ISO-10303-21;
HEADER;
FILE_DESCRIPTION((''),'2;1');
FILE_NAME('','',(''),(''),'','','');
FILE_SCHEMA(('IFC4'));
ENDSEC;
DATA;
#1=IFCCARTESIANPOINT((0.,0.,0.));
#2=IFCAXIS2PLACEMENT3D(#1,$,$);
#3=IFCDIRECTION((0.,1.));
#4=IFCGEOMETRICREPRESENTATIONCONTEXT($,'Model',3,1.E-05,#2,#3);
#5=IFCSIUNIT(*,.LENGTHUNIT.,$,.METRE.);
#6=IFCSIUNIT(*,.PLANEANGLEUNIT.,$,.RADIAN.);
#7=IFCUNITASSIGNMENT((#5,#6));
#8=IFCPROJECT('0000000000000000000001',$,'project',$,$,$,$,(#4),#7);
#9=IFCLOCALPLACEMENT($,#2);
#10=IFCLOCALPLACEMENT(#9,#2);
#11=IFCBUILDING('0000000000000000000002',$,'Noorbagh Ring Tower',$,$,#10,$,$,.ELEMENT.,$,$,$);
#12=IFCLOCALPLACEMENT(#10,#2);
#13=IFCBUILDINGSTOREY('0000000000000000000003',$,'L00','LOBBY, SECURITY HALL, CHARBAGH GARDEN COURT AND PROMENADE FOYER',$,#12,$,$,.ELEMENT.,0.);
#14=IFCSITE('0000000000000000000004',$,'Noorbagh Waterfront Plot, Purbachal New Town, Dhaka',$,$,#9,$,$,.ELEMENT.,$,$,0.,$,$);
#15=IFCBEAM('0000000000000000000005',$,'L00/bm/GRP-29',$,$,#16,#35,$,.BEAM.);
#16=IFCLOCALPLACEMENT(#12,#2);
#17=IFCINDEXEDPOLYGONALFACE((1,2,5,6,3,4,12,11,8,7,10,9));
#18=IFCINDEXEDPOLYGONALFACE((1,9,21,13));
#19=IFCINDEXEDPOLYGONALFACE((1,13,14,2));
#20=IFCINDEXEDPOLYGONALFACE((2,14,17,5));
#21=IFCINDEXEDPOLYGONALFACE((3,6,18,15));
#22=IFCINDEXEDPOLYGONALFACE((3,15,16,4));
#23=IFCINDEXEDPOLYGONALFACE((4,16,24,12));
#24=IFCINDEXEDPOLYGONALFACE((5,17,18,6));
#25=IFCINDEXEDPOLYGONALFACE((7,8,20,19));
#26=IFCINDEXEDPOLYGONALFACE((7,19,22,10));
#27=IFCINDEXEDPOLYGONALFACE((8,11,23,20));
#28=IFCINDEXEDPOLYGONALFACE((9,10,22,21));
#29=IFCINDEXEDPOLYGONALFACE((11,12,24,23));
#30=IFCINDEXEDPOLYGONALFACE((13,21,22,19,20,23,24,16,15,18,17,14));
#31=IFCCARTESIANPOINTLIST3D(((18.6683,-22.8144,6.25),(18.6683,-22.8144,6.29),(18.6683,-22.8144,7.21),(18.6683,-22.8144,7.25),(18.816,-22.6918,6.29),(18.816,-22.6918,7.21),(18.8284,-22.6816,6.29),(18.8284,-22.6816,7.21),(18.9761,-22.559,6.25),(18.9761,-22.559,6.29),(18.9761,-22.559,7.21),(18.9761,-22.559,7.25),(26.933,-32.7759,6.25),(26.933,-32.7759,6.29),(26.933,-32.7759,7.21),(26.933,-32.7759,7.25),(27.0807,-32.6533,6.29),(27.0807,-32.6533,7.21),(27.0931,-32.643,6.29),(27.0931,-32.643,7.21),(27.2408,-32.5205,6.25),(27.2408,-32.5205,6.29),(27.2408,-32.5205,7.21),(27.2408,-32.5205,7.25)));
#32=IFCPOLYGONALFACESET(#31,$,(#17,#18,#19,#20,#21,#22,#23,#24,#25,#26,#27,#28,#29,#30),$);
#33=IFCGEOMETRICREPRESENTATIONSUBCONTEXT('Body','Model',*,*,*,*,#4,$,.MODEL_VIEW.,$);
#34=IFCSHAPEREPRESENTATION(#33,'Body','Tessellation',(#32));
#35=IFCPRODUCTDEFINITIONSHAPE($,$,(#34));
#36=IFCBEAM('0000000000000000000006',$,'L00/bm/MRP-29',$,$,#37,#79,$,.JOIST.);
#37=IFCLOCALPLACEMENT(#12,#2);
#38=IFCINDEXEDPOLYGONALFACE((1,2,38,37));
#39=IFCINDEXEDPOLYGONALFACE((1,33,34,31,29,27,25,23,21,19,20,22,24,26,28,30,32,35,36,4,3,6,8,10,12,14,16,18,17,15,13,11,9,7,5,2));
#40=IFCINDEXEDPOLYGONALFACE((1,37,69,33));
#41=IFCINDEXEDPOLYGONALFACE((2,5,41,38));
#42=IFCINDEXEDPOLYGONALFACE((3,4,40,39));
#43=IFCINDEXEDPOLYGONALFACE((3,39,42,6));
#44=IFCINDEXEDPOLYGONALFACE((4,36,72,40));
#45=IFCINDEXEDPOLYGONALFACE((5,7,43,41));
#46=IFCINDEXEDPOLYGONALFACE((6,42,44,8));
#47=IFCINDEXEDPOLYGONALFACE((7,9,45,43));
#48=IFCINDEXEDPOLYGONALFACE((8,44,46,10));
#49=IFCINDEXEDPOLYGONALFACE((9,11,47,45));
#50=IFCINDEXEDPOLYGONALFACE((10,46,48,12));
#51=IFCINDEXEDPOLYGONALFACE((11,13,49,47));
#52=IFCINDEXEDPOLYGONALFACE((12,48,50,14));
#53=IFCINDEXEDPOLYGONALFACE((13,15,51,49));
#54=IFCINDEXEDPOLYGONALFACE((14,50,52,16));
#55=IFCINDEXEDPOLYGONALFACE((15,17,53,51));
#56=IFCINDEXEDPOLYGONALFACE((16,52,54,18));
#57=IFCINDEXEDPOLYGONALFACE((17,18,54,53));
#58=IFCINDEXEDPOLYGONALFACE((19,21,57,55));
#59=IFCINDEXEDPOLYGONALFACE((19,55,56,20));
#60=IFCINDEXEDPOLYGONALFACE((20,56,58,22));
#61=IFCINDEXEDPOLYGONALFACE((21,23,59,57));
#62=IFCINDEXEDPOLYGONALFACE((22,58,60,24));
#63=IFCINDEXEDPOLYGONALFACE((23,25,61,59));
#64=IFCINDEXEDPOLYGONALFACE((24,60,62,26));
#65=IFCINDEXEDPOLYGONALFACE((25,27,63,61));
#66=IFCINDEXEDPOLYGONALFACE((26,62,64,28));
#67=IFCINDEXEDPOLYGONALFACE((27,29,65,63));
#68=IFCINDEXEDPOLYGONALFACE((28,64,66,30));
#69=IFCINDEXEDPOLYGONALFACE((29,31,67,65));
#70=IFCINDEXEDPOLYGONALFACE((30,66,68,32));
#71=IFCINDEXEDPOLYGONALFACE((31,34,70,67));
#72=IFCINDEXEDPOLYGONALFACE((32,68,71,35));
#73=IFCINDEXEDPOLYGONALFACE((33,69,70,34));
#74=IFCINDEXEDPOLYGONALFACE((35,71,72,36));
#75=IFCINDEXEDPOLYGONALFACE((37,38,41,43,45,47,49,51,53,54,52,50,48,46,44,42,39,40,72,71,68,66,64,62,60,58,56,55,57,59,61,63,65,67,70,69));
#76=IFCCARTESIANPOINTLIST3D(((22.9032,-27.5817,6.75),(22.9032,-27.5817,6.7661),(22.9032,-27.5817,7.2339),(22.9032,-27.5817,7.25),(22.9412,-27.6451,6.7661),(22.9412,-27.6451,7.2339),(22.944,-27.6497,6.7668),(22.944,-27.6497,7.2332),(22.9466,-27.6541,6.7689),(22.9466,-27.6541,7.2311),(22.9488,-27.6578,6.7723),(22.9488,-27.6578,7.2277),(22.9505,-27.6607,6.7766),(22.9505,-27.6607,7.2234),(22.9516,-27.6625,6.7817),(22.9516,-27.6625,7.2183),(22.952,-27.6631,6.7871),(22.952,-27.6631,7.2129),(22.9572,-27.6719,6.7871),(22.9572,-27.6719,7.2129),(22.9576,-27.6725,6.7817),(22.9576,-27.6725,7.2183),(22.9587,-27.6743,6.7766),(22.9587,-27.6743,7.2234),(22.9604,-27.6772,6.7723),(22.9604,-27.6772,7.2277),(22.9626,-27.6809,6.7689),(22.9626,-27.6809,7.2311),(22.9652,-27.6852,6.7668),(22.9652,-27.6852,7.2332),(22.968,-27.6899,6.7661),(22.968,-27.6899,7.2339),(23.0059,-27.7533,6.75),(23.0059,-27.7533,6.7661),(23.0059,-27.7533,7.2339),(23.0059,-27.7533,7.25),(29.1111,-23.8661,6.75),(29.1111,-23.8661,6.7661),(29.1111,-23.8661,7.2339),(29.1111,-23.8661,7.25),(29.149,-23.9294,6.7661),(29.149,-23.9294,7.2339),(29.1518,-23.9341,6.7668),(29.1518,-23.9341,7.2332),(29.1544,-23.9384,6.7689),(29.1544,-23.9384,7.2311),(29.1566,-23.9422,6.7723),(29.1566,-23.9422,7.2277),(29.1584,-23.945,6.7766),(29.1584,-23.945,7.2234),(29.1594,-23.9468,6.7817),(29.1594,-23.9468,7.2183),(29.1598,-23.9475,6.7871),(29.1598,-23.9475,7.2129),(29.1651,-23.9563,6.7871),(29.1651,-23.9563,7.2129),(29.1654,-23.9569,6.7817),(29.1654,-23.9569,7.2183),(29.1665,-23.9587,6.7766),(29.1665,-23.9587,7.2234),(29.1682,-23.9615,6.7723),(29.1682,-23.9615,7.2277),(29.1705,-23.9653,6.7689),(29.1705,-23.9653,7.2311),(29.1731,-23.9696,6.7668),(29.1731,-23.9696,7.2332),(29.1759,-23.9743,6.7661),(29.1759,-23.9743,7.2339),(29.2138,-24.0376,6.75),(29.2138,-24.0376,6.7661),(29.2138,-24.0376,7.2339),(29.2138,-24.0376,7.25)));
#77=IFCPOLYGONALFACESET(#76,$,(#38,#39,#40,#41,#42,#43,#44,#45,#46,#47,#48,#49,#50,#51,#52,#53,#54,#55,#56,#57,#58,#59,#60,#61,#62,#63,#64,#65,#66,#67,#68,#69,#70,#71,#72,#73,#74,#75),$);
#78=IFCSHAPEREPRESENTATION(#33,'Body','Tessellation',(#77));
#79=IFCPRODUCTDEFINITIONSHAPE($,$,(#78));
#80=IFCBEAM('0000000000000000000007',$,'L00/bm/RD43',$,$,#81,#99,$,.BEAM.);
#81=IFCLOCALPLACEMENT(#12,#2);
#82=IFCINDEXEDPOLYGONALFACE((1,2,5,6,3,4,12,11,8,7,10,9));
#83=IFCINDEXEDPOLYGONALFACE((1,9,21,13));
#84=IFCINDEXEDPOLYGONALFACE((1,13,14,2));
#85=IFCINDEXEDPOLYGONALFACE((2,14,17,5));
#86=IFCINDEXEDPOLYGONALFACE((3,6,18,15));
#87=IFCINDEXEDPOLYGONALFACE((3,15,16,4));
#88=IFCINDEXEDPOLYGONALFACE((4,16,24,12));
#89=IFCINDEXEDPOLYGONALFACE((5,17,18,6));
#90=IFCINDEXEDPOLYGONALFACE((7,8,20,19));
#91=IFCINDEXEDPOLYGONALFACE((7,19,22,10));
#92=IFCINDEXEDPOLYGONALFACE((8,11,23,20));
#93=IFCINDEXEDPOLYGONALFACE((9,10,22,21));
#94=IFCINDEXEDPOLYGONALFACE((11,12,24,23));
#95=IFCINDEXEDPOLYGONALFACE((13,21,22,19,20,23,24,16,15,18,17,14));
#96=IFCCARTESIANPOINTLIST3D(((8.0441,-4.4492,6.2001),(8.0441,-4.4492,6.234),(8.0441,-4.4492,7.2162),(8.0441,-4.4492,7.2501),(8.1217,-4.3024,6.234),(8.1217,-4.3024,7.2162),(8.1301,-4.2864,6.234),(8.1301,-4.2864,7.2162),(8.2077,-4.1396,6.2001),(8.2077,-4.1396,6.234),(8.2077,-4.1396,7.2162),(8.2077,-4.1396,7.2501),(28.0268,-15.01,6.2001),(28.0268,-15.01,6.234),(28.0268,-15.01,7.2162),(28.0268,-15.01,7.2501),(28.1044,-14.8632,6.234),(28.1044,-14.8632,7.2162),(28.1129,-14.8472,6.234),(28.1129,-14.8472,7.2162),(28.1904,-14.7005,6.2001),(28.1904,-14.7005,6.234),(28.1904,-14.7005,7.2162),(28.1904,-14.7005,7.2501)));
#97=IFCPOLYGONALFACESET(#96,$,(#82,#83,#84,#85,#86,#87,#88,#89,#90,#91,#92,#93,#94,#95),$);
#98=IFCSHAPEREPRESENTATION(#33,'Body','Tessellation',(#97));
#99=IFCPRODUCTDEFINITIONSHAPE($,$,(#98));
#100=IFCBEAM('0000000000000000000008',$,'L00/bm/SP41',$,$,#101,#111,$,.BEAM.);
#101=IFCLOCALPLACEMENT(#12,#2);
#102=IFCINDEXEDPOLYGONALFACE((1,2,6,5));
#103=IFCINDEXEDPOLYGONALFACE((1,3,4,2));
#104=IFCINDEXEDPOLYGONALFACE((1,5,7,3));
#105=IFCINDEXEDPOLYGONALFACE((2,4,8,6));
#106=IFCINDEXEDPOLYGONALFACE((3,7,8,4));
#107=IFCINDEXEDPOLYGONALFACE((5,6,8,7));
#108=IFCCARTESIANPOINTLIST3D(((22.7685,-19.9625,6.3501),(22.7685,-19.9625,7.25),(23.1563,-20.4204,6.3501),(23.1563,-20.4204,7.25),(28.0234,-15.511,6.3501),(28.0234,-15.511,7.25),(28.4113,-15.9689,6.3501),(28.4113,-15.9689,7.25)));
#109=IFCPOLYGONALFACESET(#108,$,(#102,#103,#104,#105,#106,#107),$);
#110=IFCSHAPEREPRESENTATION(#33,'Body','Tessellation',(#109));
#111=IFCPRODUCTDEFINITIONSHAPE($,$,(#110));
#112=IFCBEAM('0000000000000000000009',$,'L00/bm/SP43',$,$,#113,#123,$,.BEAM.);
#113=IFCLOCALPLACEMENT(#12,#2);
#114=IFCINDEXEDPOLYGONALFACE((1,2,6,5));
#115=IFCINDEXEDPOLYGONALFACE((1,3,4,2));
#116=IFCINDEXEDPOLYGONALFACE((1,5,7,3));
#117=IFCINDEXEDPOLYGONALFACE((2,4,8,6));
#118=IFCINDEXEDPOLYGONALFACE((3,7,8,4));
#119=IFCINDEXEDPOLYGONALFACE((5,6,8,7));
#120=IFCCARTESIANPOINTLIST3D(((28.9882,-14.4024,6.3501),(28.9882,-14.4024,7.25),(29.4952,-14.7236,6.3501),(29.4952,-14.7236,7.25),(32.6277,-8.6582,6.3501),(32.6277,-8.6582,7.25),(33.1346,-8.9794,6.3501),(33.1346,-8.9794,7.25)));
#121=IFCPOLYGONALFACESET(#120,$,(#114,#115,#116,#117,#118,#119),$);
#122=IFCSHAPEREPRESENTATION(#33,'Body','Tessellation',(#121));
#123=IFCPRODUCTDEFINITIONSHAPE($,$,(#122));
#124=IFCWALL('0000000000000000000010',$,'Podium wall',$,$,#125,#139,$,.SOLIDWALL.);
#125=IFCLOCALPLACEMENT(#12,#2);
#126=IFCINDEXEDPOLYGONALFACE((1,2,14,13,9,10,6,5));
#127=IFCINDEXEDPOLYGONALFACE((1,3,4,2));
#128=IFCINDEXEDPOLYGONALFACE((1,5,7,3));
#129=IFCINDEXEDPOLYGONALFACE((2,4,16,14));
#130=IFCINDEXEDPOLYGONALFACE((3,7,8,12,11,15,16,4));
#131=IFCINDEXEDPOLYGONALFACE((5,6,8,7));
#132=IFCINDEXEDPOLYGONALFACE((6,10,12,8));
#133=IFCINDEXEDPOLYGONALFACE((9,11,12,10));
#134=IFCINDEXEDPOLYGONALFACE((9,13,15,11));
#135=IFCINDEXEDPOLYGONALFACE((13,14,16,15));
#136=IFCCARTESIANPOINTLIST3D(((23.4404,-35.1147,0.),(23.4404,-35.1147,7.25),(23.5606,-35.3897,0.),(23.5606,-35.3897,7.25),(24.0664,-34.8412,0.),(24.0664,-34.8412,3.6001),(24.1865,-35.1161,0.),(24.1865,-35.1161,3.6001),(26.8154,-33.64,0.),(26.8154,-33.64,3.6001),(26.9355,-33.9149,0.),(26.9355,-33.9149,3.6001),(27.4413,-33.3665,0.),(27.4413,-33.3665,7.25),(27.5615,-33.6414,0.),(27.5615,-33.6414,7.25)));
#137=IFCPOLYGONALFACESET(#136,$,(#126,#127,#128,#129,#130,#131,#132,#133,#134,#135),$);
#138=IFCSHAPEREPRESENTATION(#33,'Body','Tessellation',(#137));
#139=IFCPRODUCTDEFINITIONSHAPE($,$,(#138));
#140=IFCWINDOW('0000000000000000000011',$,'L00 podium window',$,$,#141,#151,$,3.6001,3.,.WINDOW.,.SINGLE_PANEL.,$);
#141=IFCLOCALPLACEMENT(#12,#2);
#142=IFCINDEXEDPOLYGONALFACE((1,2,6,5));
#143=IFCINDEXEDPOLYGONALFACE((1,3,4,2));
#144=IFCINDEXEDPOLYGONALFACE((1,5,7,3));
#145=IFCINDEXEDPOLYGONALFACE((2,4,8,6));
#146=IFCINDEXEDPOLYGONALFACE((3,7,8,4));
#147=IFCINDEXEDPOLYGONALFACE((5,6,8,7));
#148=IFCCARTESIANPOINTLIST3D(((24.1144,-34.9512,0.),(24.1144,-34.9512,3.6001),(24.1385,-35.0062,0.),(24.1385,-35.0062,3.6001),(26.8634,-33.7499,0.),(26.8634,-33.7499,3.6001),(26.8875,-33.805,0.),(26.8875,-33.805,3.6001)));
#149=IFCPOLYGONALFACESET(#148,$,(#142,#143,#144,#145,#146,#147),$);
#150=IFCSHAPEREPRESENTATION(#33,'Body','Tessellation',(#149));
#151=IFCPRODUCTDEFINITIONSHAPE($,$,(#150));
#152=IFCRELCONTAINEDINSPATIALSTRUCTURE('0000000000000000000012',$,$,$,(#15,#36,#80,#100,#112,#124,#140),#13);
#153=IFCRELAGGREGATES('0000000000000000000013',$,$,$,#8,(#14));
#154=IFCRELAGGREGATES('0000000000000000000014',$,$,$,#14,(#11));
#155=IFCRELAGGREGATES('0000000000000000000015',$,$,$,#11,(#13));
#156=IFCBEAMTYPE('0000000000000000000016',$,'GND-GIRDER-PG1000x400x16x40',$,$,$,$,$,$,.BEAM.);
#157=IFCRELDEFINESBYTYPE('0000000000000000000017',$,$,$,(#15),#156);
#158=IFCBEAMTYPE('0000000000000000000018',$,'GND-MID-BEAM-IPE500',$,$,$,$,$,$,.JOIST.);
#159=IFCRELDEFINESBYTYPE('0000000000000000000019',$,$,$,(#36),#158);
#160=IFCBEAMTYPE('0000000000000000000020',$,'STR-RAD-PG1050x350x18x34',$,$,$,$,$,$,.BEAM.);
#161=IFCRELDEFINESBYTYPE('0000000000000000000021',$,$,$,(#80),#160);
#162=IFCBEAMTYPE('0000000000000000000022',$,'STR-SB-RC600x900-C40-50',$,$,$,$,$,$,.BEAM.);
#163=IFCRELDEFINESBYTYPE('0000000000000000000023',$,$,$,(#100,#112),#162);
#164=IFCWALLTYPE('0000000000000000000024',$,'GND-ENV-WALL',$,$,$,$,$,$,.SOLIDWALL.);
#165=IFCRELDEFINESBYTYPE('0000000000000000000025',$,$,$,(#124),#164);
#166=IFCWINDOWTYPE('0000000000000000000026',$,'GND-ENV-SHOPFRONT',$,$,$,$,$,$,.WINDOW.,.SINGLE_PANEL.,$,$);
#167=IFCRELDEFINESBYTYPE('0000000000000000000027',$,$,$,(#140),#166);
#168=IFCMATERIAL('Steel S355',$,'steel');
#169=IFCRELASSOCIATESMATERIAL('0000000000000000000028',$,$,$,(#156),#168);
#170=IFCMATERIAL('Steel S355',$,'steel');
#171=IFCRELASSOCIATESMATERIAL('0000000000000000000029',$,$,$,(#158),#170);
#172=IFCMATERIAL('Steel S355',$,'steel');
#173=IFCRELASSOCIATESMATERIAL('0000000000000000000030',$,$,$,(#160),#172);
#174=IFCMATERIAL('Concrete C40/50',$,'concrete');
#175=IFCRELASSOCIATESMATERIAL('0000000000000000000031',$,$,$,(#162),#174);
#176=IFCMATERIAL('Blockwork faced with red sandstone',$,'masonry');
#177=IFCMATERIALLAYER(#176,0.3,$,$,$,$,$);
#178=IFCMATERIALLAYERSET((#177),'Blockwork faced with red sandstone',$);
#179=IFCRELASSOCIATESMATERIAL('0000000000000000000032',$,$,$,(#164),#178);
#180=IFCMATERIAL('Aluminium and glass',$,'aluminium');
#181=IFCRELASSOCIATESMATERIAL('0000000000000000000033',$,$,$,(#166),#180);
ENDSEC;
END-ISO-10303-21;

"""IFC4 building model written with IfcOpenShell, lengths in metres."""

from ifc_helpers import new_model, si_unit, direction, frame, frame_2d, origin, origin_2d, place, context, subcontext, project, spatial, rectangle, i_section, extrude, material, layer, layer_set, material_profile, profile_set, type_object, element, fill, save


model = new_model("IFC4")

# Units and contexts
model_context = context("Model", 3, precision=1e-05, world=origin(), true_north=direction((0.0, 1.0)))
body_context = subcontext(model_context, "Body", "Model", "MODEL_VIEW")
ifc_project = project(units=[si_unit("LENGTHUNIT", "METRE"), si_unit("PLANEANGLEUNIT", "RADIAN")], contexts=[model_context])

# Site, building, storey
site_placement = place(None, origin())
site = spatial("IfcSite", under=ifc_project, at=site_placement, Name="Noorbagh Waterfront Plot, Purbachal New Town, Dhaka", CompositionType="ELEMENT", RefElevation=0.0)
building_placement = place(site_placement, origin())
building = spatial("IfcBuilding", under=site, at=building_placement, Name="Noorbagh Ring Tower", CompositionType="ELEMENT")
storey_placement = place(building_placement, origin())
storey = spatial("IfcBuildingStorey", under=building, at=storey_placement, Name="L00", Description="LOBBY, SECURITY HALL, CHARBAGH GARDEN COURT AND PROMENADE FOYER", CompositionType="ELEMENT", Elevation=0.0)

# Beams
ifc_material_1 = material(Name="Steel S355", Category="steel")
ifc_material_profile_1 = material_profile(ifc_material_1, i_section(OverallWidth=0.3999, OverallDepth=1.0, WebThickness=0.0161, FlangeThickness=0.04, at=origin_2d()), Name="PG1000x400x16x40")
ifc_profile_set_1 = profile_set([ifc_material_profile_1], Name="Steel S355")
beam_type_1 = type_object("IfcBeamType", Name="GND-GIRDER-PG1000x400x16x40", PredefinedType="BEAM", material=ifc_profile_set_1)
beam_1_placement = place(storey_placement, frame((27.0869, -32.6482, 6.75), z_axis=(-0.638517, 0.769608, 0.0), x_axis=(-0.769608, -0.638517, 0.0)))
element("IfcBeam", 1, at=beam_1_placement, inside=storey, type_object=beam_type_1, Name="L00/bm/GRP-29", PredefinedType="BEAM", context=body_context, shape_type="SweptSolid", body=[
    extrude(i_section(OverallWidth=0.3999, OverallDepth=1.0, WebThickness=0.0161, FlangeThickness=0.04, at=origin_2d()), origin(), (0.0, 0.0, 1.0), 12.9436),
])
ifc_material_2 = material(Name="Steel S355", Category="steel")
ifc_material_profile_2 = material_profile(ifc_material_2, i_section(OverallWidth=0.2, OverallDepth=0.5, WebThickness=0.0103, FlangeThickness=0.0161, FilletRadius=0.021, at=origin_2d()), Name="IPE500")
ifc_profile_set_2 = profile_set([ifc_material_profile_2], Name="Steel S355")
beam_type_2 = type_object("IfcBeamType", Name="GND-MID-BEAM-IPE500", PredefinedType="JOIST", material=ifc_profile_set_2)
beam_2_placement = place(storey_placement, frame((22.9546, -27.6675, 7.0), z_axis=(0.858046, 0.513572, 0.0), x_axis=(-0.513572, 0.858046, 0.0)))
element("IfcBeam", 2, at=beam_2_placement, inside=storey, type_object=beam_type_2, Name="L00/bm/MRP-29", PredefinedType="JOIST", context=body_context, shape_type="SweptSolid", body=[
    extrude(i_section(OverallWidth=0.2, OverallDepth=0.5, WebThickness=0.0103, FlangeThickness=0.0161, FilletRadius=0.021, at=origin_2d()), origin(), (0.0, 0.0, 1.0), 7.2349),
])
ifc_material_3 = material(Name="Steel S355", Category="steel")
ifc_material_profile_3 = material_profile(ifc_material_3, i_section(OverallWidth=0.3501, OverallDepth=1.05, WebThickness=0.0181, FlangeThickness=0.0339, at=origin_2d()), Name="PG1050x350x18x34")
ifc_profile_set_3 = profile_set([ifc_material_profile_3], Name="Steel S355")
beam_type_3 = type_object("IfcBeamType", Name="STR-RAD-PG1050x350x18x34", PredefinedType="BEAM", material=ifc_profile_set_3)
beam_3_placement = place(storey_placement, frame((28.1086, -14.8552, 6.7251), z_axis=(-0.884122, 0.467256, 0.0), x_axis=(-0.467256, -0.884122, 0.0)))
element("IfcBeam", 3, at=beam_3_placement, inside=storey, type_object=beam_type_3, Name="L00/bm/RD43", PredefinedType="BEAM", context=body_context, shape_type="SweptSolid", body=[
    extrude(i_section(OverallWidth=0.3501, OverallDepth=1.05, WebThickness=0.0181, FlangeThickness=0.0339, at=origin_2d()), origin(), (0.0, 0.0, 1.0), 22.6018),
])
ifc_material_4 = material(Name="Concrete C40/50", Category="concrete")
ifc_material_profile_4 = material_profile(ifc_material_4, rectangle(XDim=0.6001, YDim=0.8999, at=origin_2d()), Name="RC600x900")
ifc_profile_set_4 = profile_set([ifc_material_profile_4], Name="Concrete C40/50")
beam_type_4 = type_object("IfcBeamType", Name="STR-SB-RC600x900-C40-50", PredefinedType="BEAM", material=ifc_profile_set_4)
beam_4_placement = place(storey_placement, frame((22.9624, -20.1914, 6.8), z_axis=(0.76303, 0.646363, 0.0), x_axis=(-0.646363, 0.76303, 0.0)))
element("IfcBeam", 4, at=beam_4_placement, inside=storey, type_object=beam_type_4, Name="L00/bm/SP41", PredefinedType="BEAM", context=body_context, shape_type="SweptSolid", body=[
    extrude(rectangle(XDim=0.6001, YDim=0.8999, at=origin_2d()), origin(), (0.0, 0.0, 1.0), 6.887),
])
beam_5_placement = place(storey_placement, frame((29.2417, -14.563, 6.8), z_axis=(0.535204, 0.844723, 0.0), x_axis=(-0.844723, 0.535204, 0.0)))
element("IfcBeam", 5, at=beam_5_placement, inside=storey, type_object=beam_type_4, Name="L00/bm/SP43", PredefinedType="BEAM", context=body_context, shape_type="SweptSolid", body=[
    extrude(rectangle(XDim=0.6001, YDim=0.8999, at=origin_2d()), origin(), (0.0, 0.0, 1.0), 6.8),
])

# Wall, opening, window
ifc_material_5 = material(Name="Blockwork faced with red sandstone", Category="masonry")
ifc_layer_1 = layer(ifc_material_5, 0.3)
ifc_layer_set_1 = layer_set([ifc_layer_1], Name="Blockwork faced with red sandstone")
wall_type_1 = type_object("IfcWallType", Name="GND-ENV-WALL", PredefinedType="SOLIDWALL", material=ifc_layer_set_1)
wall_1_placement = place(storey_placement, frame((23.5005, -35.2522, 0.0), z_axis=(0.0, 0.0, 1.0), x_axis=(0.916337, 0.400408, 0.0)))
wall_1 = element("IfcWall", 6, at=wall_1_placement, inside=storey, type_object=wall_type_1, Name="Podium wall", PredefinedType="SOLIDWALL", context=body_context, shape_type="SweptSolid", body=[
    extrude(rectangle(XDim=4.3662, YDim=0.3, at=frame_2d((2.1831, 0.0))), origin(), (0.0, 0.0, 1.0), 7.25),
])
opening_1_placement = place(wall_1_placement, frame((0.6831, 0.0, 0.0)))
opening_1 = element("IfcOpeningElement", 7, at=opening_1_placement, cuts=wall_1, PredefinedType="OPENING", context=body_context, shape_type="SweptSolid", body=[
    extrude(rectangle(XDim=3.0, YDim=3.6001, at=frame_2d((1.5, 1.8))), frame((0.0, 0.1602, 0.0), z_axis=(0.0, -1.0, 0.0), x_axis=(1.0, 0.0, 0.0)), (0.0, 0.0, 1.0), 0.3201),
])
ifc_material_6 = material(Name="Aluminium and glass", Category="aluminium")
window_type = type_object("IfcWindowType", Name="GND-ENV-SHOPFRONT", PartitioningType="SINGLE_PANEL", PredefinedType="WINDOW", material=ifc_material_6)
window_1_placement = place(opening_1_placement, origin())
window_1 = element("IfcWindow", 8, at=window_1_placement, inside=storey, type_object=window_type, Name="L00 podium window", OverallHeight=3.6001, OverallWidth=3.0, PartitioningType="SINGLE_PANEL", PredefinedType="WINDOW", context=body_context, shape_type="SweptSolid", body=[
    extrude(rectangle(XDim=3.0, YDim=3.6001, at=frame_2d((1.5, 1.8))), frame((0.0, 0.03, 0.0), z_axis=(0.0, -1.0, 0.0), x_axis=(1.0, 0.0, 0.0)), (0.0, 0.0, 1.0), 0.0601),
])
fill(opening_1, window_1)

save(model, "model.ifc")
